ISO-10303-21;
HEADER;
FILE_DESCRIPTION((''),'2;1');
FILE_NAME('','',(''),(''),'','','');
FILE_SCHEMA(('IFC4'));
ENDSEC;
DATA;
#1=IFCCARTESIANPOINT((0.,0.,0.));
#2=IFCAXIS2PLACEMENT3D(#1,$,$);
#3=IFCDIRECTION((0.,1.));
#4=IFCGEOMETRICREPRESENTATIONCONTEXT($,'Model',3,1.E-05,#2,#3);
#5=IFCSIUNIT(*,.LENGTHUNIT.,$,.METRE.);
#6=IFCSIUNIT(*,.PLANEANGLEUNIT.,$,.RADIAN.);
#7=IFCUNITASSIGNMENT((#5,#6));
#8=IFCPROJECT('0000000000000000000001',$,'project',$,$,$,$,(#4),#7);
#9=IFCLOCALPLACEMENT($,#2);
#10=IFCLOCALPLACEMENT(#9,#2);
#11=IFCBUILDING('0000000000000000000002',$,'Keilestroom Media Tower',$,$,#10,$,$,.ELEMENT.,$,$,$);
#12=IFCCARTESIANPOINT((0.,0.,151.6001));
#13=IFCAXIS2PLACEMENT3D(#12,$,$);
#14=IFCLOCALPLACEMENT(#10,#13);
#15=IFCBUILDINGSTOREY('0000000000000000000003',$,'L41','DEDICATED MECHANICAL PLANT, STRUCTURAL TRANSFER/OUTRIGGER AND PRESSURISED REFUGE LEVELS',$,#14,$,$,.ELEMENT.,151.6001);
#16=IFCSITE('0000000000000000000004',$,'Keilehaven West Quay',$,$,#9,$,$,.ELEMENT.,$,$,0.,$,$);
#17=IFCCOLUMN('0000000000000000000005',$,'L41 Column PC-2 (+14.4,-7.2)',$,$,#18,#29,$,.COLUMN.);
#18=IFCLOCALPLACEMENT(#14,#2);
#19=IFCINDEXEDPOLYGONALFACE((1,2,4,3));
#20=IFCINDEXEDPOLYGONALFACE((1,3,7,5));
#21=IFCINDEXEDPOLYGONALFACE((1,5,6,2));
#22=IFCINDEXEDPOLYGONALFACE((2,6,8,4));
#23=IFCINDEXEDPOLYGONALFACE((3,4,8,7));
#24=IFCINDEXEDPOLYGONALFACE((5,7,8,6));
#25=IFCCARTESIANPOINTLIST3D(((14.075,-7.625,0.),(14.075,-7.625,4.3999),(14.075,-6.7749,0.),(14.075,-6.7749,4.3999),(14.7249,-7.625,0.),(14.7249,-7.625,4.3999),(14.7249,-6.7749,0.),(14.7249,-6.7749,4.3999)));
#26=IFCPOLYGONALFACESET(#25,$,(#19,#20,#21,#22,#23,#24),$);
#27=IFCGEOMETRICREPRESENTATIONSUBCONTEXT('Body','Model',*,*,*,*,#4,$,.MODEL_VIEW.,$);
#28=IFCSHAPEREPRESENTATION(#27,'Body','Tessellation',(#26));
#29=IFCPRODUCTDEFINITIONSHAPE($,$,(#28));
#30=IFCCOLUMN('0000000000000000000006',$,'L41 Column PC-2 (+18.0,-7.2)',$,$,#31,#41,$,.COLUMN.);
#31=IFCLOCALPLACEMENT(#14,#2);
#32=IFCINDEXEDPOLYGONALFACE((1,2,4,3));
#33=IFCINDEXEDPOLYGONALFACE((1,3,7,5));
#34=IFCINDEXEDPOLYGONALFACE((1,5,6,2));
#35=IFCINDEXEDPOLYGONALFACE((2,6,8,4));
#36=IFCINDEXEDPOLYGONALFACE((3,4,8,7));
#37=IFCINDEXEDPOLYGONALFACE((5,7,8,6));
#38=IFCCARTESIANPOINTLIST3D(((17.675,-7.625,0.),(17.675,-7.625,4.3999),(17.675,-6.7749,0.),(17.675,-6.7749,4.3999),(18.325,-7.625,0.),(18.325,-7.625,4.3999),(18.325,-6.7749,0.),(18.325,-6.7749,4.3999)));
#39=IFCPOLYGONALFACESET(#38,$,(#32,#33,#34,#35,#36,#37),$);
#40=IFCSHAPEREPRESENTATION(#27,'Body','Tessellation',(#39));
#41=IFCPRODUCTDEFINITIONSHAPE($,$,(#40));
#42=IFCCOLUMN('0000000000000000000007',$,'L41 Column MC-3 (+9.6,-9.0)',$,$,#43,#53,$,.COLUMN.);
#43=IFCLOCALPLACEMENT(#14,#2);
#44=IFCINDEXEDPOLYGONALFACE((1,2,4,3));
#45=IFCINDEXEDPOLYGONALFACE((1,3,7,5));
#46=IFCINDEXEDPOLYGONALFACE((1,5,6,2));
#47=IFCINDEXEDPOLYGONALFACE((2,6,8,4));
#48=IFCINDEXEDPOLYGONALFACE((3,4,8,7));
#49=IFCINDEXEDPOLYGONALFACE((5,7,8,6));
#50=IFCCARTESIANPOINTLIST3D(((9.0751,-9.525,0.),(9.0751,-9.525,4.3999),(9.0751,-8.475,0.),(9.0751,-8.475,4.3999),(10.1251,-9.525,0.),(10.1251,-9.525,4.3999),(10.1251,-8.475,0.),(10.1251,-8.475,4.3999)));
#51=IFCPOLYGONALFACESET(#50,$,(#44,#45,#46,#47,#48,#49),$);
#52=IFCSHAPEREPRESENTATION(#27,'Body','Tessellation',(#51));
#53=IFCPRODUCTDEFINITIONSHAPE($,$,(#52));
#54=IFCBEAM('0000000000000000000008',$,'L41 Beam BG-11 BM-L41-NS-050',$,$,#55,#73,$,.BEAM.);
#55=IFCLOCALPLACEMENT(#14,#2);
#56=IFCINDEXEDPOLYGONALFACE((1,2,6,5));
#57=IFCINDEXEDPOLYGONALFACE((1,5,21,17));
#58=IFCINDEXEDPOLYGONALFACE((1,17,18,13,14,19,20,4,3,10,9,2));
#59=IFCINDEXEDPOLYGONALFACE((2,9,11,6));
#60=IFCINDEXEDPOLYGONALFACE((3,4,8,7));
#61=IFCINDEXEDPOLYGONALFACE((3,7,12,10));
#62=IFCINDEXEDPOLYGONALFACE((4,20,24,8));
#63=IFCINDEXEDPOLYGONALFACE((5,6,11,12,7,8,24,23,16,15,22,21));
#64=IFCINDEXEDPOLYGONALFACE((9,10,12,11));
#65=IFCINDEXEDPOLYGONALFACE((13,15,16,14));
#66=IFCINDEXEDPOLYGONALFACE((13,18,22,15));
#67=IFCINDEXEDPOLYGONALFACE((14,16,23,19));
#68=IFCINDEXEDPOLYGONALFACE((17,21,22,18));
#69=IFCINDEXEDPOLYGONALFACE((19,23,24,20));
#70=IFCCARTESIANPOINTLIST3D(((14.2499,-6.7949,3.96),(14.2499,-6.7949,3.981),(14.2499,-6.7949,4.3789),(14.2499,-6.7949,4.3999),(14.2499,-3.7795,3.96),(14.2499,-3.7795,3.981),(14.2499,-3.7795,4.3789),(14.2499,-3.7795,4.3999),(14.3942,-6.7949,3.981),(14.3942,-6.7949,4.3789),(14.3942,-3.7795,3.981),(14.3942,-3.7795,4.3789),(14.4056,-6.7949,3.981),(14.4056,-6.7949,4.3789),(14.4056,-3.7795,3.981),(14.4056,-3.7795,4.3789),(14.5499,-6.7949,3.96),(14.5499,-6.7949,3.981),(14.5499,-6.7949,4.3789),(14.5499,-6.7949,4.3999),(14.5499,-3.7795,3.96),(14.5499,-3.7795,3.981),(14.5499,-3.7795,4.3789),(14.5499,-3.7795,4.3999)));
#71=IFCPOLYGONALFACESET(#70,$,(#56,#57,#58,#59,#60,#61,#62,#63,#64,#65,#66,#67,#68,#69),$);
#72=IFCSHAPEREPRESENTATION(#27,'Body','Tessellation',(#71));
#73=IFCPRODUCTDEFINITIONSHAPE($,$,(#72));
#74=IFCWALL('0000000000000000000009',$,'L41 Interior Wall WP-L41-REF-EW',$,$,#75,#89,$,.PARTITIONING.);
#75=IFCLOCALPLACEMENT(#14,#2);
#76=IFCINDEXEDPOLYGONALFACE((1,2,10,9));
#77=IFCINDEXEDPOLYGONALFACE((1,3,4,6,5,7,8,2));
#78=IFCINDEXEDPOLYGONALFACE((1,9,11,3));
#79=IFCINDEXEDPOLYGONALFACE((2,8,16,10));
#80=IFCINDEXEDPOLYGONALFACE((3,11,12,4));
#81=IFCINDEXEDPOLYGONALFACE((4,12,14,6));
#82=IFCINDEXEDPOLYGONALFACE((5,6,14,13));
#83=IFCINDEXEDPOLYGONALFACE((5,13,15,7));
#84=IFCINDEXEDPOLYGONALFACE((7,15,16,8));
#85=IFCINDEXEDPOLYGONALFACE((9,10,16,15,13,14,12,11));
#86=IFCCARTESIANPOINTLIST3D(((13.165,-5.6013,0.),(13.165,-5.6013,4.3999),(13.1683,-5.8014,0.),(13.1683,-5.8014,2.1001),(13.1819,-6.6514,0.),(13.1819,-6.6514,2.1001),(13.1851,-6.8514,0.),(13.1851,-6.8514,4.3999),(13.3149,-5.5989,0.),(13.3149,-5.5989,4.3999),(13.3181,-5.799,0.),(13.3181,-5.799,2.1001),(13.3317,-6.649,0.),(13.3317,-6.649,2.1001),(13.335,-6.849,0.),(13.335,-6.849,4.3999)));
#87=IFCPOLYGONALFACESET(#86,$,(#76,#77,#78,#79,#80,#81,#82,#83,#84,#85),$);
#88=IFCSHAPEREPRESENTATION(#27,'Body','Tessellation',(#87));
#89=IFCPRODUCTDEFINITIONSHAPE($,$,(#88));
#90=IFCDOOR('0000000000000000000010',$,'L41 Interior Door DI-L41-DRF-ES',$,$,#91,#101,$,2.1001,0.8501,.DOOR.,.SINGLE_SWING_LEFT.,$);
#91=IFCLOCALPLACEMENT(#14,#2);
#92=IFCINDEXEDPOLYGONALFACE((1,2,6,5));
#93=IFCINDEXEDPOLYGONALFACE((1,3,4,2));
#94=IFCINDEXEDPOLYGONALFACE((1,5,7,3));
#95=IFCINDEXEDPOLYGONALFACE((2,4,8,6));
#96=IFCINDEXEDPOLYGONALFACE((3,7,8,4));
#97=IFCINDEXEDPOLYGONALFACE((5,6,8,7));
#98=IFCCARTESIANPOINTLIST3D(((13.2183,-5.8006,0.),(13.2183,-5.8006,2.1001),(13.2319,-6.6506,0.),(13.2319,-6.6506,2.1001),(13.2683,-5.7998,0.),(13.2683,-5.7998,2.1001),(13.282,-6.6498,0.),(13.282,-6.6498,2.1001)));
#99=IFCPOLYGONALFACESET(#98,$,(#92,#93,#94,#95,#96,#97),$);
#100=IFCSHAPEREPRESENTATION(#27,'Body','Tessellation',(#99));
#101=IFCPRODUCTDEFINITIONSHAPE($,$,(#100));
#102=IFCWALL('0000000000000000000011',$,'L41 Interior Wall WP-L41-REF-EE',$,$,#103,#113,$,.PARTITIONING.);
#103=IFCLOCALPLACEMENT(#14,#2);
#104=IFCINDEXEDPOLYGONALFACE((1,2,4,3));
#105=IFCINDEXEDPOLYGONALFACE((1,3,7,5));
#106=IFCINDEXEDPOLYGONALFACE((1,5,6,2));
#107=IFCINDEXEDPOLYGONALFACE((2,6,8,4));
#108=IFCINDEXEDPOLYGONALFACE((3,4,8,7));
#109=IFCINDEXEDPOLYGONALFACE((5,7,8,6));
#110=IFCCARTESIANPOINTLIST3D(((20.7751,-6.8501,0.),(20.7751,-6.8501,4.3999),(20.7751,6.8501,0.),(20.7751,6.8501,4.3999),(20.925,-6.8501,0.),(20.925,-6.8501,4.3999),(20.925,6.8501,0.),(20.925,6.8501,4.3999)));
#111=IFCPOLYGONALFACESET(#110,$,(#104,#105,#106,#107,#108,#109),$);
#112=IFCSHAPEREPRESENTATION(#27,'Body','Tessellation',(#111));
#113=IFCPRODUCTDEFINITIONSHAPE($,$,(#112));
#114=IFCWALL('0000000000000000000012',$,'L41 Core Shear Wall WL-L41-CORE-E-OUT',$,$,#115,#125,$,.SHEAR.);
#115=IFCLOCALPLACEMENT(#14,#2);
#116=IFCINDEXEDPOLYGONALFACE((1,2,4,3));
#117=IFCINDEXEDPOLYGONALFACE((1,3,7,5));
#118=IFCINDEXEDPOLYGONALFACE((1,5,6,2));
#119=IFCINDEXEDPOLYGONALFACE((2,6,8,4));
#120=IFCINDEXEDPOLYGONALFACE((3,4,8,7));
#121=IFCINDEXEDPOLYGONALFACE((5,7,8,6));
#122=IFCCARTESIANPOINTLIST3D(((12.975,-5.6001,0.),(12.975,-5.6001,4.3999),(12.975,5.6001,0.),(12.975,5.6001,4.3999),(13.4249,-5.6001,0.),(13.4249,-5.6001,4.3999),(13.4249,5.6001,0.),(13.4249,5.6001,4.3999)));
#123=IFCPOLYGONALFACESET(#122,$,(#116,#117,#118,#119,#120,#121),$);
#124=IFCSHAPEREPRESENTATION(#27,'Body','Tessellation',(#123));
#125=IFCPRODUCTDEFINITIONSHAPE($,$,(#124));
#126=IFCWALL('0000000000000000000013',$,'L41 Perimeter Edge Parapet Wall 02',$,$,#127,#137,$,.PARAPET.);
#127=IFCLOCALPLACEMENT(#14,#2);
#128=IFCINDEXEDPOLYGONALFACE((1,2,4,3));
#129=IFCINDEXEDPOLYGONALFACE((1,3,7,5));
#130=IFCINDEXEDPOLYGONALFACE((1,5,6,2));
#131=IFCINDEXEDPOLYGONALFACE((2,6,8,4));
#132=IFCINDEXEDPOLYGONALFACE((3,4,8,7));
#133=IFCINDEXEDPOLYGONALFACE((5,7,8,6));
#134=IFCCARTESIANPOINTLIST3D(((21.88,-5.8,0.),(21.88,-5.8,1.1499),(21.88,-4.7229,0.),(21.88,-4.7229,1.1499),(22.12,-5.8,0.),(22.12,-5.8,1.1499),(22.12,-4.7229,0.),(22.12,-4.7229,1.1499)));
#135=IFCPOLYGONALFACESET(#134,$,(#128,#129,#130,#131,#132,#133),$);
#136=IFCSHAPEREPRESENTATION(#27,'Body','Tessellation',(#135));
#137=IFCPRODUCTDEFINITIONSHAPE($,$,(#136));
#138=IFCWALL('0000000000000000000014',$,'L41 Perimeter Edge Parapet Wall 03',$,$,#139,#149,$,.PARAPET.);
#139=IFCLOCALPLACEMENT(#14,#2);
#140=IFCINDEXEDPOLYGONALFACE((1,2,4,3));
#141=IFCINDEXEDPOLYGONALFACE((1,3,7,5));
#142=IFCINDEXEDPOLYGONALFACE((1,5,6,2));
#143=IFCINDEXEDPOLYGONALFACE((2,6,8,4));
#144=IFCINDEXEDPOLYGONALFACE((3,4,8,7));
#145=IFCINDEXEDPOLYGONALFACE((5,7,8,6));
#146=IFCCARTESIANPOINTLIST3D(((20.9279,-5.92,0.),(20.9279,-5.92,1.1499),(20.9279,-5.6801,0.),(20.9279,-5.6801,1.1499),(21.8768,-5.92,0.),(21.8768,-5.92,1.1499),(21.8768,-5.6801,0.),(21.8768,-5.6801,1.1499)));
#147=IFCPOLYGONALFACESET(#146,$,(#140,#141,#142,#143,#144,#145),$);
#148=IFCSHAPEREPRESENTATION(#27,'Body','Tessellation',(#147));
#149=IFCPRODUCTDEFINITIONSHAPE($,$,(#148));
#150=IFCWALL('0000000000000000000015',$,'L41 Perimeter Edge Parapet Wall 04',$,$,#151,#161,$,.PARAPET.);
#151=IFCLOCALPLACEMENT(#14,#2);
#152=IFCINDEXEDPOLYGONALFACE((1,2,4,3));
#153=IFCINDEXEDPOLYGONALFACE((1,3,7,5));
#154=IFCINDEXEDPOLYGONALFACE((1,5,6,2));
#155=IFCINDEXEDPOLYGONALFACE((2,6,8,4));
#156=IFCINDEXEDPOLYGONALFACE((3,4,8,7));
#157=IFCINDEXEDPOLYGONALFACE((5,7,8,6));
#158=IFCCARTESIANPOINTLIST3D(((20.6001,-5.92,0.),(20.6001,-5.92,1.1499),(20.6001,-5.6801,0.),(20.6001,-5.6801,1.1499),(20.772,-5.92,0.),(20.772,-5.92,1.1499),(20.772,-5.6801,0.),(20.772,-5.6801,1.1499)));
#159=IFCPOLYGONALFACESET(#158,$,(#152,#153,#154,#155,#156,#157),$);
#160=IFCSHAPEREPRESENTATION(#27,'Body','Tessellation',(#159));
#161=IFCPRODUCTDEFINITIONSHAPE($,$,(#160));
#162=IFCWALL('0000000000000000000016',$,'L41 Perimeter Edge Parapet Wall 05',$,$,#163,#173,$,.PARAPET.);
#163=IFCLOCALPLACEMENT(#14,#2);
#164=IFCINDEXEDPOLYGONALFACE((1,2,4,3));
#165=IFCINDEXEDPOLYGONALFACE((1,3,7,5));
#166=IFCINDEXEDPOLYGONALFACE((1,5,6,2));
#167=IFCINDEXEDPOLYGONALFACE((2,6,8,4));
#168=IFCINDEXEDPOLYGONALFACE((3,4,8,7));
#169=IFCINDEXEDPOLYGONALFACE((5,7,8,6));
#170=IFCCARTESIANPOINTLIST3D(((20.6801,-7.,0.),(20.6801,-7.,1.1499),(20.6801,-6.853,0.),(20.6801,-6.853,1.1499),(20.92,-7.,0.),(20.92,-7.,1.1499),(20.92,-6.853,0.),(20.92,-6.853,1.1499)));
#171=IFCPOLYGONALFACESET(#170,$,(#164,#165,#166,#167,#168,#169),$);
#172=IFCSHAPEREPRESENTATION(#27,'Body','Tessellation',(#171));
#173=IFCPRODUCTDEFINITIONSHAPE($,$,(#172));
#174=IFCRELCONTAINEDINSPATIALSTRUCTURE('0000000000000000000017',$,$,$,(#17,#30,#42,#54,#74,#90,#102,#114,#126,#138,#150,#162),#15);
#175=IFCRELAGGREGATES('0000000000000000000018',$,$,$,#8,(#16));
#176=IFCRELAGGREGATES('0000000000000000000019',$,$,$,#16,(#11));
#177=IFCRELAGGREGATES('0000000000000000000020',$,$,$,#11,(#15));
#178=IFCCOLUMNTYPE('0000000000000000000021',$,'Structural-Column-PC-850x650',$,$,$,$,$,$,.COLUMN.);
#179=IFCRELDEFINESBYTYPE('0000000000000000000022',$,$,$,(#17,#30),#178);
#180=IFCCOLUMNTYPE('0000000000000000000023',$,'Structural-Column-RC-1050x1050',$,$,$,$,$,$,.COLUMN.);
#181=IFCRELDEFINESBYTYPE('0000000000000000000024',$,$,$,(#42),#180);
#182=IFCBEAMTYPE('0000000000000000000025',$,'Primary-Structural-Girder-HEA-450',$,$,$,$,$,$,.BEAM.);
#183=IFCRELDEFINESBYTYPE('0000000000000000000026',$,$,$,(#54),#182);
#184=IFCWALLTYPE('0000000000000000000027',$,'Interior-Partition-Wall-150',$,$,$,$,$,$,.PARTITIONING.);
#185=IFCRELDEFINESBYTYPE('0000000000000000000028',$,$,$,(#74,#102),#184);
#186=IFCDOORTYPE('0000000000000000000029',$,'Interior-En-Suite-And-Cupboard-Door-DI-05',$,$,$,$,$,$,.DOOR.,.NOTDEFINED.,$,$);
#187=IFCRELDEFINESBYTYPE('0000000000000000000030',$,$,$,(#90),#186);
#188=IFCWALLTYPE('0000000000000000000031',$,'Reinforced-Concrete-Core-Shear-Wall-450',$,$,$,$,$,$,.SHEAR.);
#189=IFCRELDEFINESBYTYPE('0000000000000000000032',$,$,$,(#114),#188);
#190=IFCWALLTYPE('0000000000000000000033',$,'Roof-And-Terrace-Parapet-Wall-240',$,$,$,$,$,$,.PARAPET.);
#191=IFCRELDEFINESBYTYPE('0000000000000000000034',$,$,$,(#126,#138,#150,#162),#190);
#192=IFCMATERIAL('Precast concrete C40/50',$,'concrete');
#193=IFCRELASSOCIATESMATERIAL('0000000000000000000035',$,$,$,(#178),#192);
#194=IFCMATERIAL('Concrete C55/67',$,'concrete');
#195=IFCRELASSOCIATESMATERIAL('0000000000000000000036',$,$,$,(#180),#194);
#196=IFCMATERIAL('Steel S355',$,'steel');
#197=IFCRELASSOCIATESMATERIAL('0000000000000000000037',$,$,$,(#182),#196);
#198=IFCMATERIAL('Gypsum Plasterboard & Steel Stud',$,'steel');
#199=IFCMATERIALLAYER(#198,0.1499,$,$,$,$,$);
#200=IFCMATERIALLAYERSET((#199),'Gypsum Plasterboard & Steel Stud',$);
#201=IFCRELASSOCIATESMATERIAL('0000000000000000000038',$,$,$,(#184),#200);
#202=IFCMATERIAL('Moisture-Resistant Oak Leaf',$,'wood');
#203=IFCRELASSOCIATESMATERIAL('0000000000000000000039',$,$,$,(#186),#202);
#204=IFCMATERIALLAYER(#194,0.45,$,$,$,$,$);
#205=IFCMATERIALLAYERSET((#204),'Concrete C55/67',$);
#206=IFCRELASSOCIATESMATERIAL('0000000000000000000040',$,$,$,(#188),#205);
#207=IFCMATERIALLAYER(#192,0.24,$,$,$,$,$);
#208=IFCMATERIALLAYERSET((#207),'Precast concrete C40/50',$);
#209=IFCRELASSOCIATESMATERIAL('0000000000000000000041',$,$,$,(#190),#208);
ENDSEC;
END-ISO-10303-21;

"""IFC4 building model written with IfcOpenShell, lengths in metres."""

from ifc_helpers import new_model, si_unit, direction, frame, frame_2d, origin, origin_2d, place, context, subcontext, project, spatial, rectangle, i_section, extrude, source, transform, mapped, material, layer, layer_set, material_profile, profile_set, type_object, element, fill, save


model = new_model("IFC4")

# Units and contexts
model_context = context("Model", 3, precision=1e-05, world=origin(), true_north=direction((0.0, 1.0)))
body_context = subcontext(model_context, "Body", "Model", "MODEL_VIEW")
ifc_project = project(units=[si_unit("LENGTHUNIT", "METRE"), si_unit("PLANEANGLEUNIT", "RADIAN")], contexts=[model_context])

# Site, building, storey
site_placement = place(None, origin())
site = spatial("IfcSite", under=ifc_project, at=site_placement, Name="Keilehaven West Quay", CompositionType="ELEMENT", RefElevation=0.0)
building_placement = place(site_placement, origin())
building = spatial("IfcBuilding", under=site, at=building_placement, Name="Keilestroom Media Tower", CompositionType="ELEMENT")
storey_placement = place(building_placement, frame((0.0, 0.0, 151.6001)))
storey = spatial("IfcBuildingStorey", under=building, at=storey_placement, Name="L41", Description="DEDICATED MECHANICAL PLANT, STRUCTURAL TRANSFER/OUTRIGGER AND PRESSURISED REFUGE LEVELS", CompositionType="ELEMENT", Elevation=151.6001)

# Columns
ifc_material_1 = material(Name="Precast concrete C40/50", Category="concrete")
ifc_material_profile_1 = material_profile(ifc_material_1, rectangle(XDim=0.6499, YDim=0.8501, at=origin_2d()), Name="PC 850x650")
ifc_profile_set_1 = profile_set([ifc_material_profile_1], Name="Precast concrete C40/50")
column_type_1 = type_object("IfcColumnType", Name="Structural-Column-PC-850x650", PredefinedType="COLUMN", material=ifc_profile_set_1)
shared_shape_1 = source(origin(), body_context, "Body", "SweptSolid", [
    extrude(rectangle(XDim=0.6499, YDim=0.8501, at=origin_2d()), origin(), (0.0, 0.0, 1.0), 4.3999),
])
for number, where, z_axis, x_axis, name in (
    (1, (14.3999, -7.2, 0.0), (0.0, 0.0, 1.0), (1.0, 0.0, 0.0), "L41 Column PC-2 (+14.4,-7.2)"),
    (2, (18.0, -7.2, 0.0), (0.0, 0.0, 1.0), (1.0, 0.0, 0.0), "L41 Column PC-2 (+18.0,-7.2)"),
):
    element("IfcColumn", number, at=place(storey_placement, frame(where, z_axis=z_axis, x_axis=x_axis)), inside=storey, type_object=column_type_1, Name=name, PredefinedType="COLUMN", context=body_context, shape_type="MappedRepresentation", body=[
        mapped(shared_shape_1, transform((0.0, 0.0, 0.0), x_axis=(1.0, 0.0, 0.0), y_axis=(0.0, 1.0, 0.0), z_axis=(0.0, 0.0, 1.0), scale=1.0)),
    ])
ifc_material_2 = material(Name="Concrete C55/67", Category="concrete")
ifc_material_profile_2 = material_profile(ifc_material_2, rectangle(XDim=1.05, YDim=1.05, at=origin_2d()), Name="RC 1050x1050")
ifc_profile_set_2 = profile_set([ifc_material_profile_2], Name="Concrete C55/67")
column_type_2 = type_object("IfcColumnType", Name="Structural-Column-RC-1050x1050", PredefinedType="COLUMN", material=ifc_profile_set_2)
shared_shape_2 = source(origin(), body_context, "Body", "SweptSolid", [
    extrude(rectangle(XDim=1.05, YDim=1.05, at=origin_2d()), origin(), (0.0, 0.0, 1.0), 4.3999),
])
column_placement = place(storey_placement, frame((9.6001, -9.0, 0.0), z_axis=(0.0, 0.0, 1.0), x_axis=(1.0, 0.0, 0.0)))
element("IfcColumn", 3, at=column_placement, inside=storey, type_object=column_type_2, Name="L41 Column MC-3 (+9.6,-9.0)", PredefinedType="COLUMN", context=body_context, shape_type="MappedRepresentation", body=[
    mapped(shared_shape_2, transform((0.0, 0.0, 0.0), x_axis=(1.0, 0.0, 0.0), y_axis=(0.0, 1.0, 0.0), z_axis=(0.0, 0.0, 1.0), scale=1.0)),
])

# Beam
ifc_material_3 = material(Name="Steel S355", Category="steel")
ifc_material_profile_3 = material_profile(ifc_material_3, i_section(OverallWidth=0.3, OverallDepth=0.4399, WebThickness=0.0115, FlangeThickness=0.021, at=origin_2d()), Name="HEA 450")
ifc_profile_set_3 = profile_set([ifc_material_profile_3], Name="Steel S355")
beam_type = type_object("IfcBeamType", Name="Primary-Structural-Girder-HEA-450", PredefinedType="BEAM", material=ifc_profile_set_3)
shared_shape_3 = source(origin(), body_context, "Body", "SweptSolid", [
    extrude(i_section(OverallWidth=0.3, OverallDepth=0.4399, WebThickness=0.0115, FlangeThickness=0.021, at=origin_2d()), origin(), (0.0, 0.0, 1.0), 3.0154),
])
beam_placement = place(storey_placement, frame((14.3999, -6.7949, 4.1799), z_axis=(0.0, 1.0, 0.0), x_axis=(-1.0, 0.0, 0.0)))
element("IfcBeam", 4, at=beam_placement, inside=storey, type_object=beam_type, Name="L41 Beam BG-11 BM-L41-NS-050", PredefinedType="BEAM", context=body_context, shape_type="MappedRepresentation", body=[
    mapped(shared_shape_3, transform((0.0, 0.0, 0.0), x_axis=(1.0, 0.0, 0.0), y_axis=(0.0, 1.0, 0.0), z_axis=(0.0, 0.0, 1.0), scale=1.0)),
])

# Wall, opening, door
ifc_material_4 = material(Name="Gypsum Plasterboard & Steel Stud", Category="steel")
ifc_layer_1 = layer(ifc_material_4, 0.1499)
ifc_layer_set_1 = layer_set([ifc_layer_1], Name="Gypsum Plasterboard & Steel Stud")
wall_type_1 = type_object("IfcWallType", Name="Interior-Partition-Wall-150", PredefinedType="PARTITIONING", material=ifc_layer_set_1)
wall_1_placement = place(storey_placement, frame((13.26, -6.8501, 0.0), z_axis=(0.0, 0.0, 1.0), x_axis=(-0.016014, 0.999872, 0.0)))
wall_1 = element("IfcWall", 5, at=wall_1_placement, inside=storey, type_object=wall_type_1, Name="L41 Interior Wall WP-L41-REF-EW", PredefinedType="PARTITIONING", context=body_context, shape_type="SweptSolid", body=[
    extrude(rectangle(XDim=1.2502, YDim=0.1499, at=frame_2d((0.625, 0.0))), origin(), (0.0, 0.0, 1.0), 4.3999),
])
opening_placement = place(wall_1_placement, frame((0.2, 0.0, 0.0)))
opening = element("IfcOpeningElement", 6, at=opening_placement, cuts=wall_1, PredefinedType="OPENING", context=body_context, shape_type="SweptSolid", body=[
    extrude(rectangle(XDim=0.8501, YDim=2.1001, at=frame_2d((0.425, 1.05))), frame((0.0, 0.085, 0.0), z_axis=(0.0, -1.0, 0.0), x_axis=(1.0, 0.0, 0.0)), (0.0, 0.0, 1.0), 0.1699),
])
ifc_material_5 = material(Name="Moisture-Resistant Oak Leaf", Category="wood")
door_type = type_object("IfcDoorType", Name="Interior-En-Suite-And-Cupboard-Door-DI-05", OperationType="NOTDEFINED", PredefinedType="DOOR", material=ifc_material_5)
shared_shape_4 = source(origin(), body_context, "Body", "SweptSolid", [
    extrude(rectangle(XDim=0.8501, YDim=2.1001, at=frame_2d((0.425, 1.05))), frame((0.0, 0.0249, 0.0), z_axis=(0.0, -1.0, 0.0), x_axis=(1.0, 0.0, 0.0)), (0.0, 0.0, 1.0), 0.05),
])
door_placement = place(opening_placement, origin())
door = element("IfcDoor", 7, at=door_placement, inside=storey, type_object=door_type, Name="L41 Interior Door DI-L41-DRF-ES", OperationType="SINGLE_SWING_LEFT", OverallHeight=2.1001, OverallWidth=0.8501, PredefinedType="DOOR", context=body_context, shape_type="MappedRepresentation", body=[
    mapped(shared_shape_4, transform((0.0, 0.0, 0.0), x_axis=(1.0, 0.0, 0.0), y_axis=(0.0, 1.0, 0.0), z_axis=(0.0, 0.0, 1.0), scale=1.0)),
])
fill(opening, door)

# Walls
wall_2_placement = place(storey_placement, frame((20.8501, -6.8501, 0.0), z_axis=(0.0, 0.0, 1.0), x_axis=(0.0, 1.0, 0.0)))
element("IfcWall", 8, at=wall_2_placement, inside=storey, type_object=wall_type_1, Name="L41 Interior Wall WP-L41-REF-EE", PredefinedType="PARTITIONING", context=body_context, shape_type="SweptSolid", body=[
    extrude(rectangle(XDim=13.7002, YDim=0.1499, at=frame_2d((6.8501, 0.0))), origin(), (0.0, 0.0, 1.0), 4.3999),
])
ifc_layer_2 = layer(ifc_material_2, 0.45)
ifc_layer_set_2 = layer_set([ifc_layer_2], Name="Concrete C55/67")
wall_type_2 = type_object("IfcWallType", Name="Reinforced-Concrete-Core-Shear-Wall-450", PredefinedType="SHEAR", material=ifc_layer_set_2)
wall_3_placement = place(storey_placement, frame((13.2, -5.6001, 0.0), z_axis=(0.0, 0.0, 1.0), x_axis=(0.0, 1.0, 0.0)))
element("IfcWall", 9, at=wall_3_placement, inside=storey, type_object=wall_type_2, Name="L41 Core Shear Wall WL-L41-CORE-E-OUT", PredefinedType="SHEAR", context=body_context, shape_type="SweptSolid", body=[
    extrude(rectangle(XDim=11.2002, YDim=0.45, at=frame_2d((5.6001, 0.0))), origin(), (0.0, 0.0, 1.0), 4.3999),
])
ifc_layer_3 = layer(ifc_material_1, 0.24)
ifc_layer_set_3 = layer_set([ifc_layer_3], Name="Precast concrete C40/50")
wall_type_3 = type_object("IfcWallType", Name="Roof-And-Terrace-Parapet-Wall-240", PredefinedType="PARAPET", material=ifc_layer_set_3)
wall_4_placement = place(storey_placement, frame((22.0, -4.7229, 0.0), z_axis=(0.0, 0.0, 1.0), x_axis=(0.0, -1.0, 0.0)))
element("IfcWall", 10, at=wall_4_placement, inside=storey, type_object=wall_type_3, Name="L41 Perimeter Edge Parapet Wall 02", PredefinedType="PARAPET", context=body_context, shape_type="SweptSolid", body=[
    extrude(rectangle(XDim=1.0771, YDim=0.24, at=frame_2d((0.5386, 0.0))), origin(), (0.0, 0.0, 1.0), 1.1499),
])
wall_5_placement = place(storey_placement, frame((21.877, -5.8, 0.0), z_axis=(0.0, 0.0, 1.0), x_axis=(-1.0, 0.0, 0.0)))
element("IfcWall", 11, at=wall_5_placement, inside=storey, type_object=wall_type_3, Name="L41 Perimeter Edge Parapet Wall 03", PredefinedType="PARAPET", context=body_context, shape_type="SweptSolid", body=[
    extrude(rectangle(XDim=0.949, YDim=0.24, at=frame_2d((0.4746, 0.0))), origin(), (0.0, 0.0, 1.0), 1.1499),
])
wall_6_placement = place(storey_placement, frame((20.772, -5.8, 0.0), z_axis=(0.0, 0.0, 1.0), x_axis=(-1.0, 0.0, 0.0)))
element("IfcWall", 12, at=wall_6_placement, inside=storey, type_object=wall_type_3, Name="L41 Perimeter Edge Parapet Wall 04", PredefinedType="PARAPET", context=body_context, shape_type="SweptSolid", body=[
    extrude(rectangle(XDim=0.1719, YDim=0.24, at=frame_2d((0.0859, 0.0))), origin(), (0.0, 0.0, 1.0), 1.1499),
])
wall_7_placement = place(storey_placement, frame((20.8, -6.853, 0.0), z_axis=(0.0, 0.0, 1.0), x_axis=(0.0, -1.0, 0.0)))
element("IfcWall", 13, at=wall_7_placement, inside=storey, type_object=wall_type_3, Name="L41 Perimeter Edge Parapet Wall 05", PredefinedType="PARAPET", context=body_context, shape_type="SweptSolid", body=[
    extrude(rectangle(XDim=0.147, YDim=0.24, at=frame_2d((0.0735, 0.0))), origin(), (0.0, 0.0, 1.0), 1.1499),
])

save(model, "model.ifc")
